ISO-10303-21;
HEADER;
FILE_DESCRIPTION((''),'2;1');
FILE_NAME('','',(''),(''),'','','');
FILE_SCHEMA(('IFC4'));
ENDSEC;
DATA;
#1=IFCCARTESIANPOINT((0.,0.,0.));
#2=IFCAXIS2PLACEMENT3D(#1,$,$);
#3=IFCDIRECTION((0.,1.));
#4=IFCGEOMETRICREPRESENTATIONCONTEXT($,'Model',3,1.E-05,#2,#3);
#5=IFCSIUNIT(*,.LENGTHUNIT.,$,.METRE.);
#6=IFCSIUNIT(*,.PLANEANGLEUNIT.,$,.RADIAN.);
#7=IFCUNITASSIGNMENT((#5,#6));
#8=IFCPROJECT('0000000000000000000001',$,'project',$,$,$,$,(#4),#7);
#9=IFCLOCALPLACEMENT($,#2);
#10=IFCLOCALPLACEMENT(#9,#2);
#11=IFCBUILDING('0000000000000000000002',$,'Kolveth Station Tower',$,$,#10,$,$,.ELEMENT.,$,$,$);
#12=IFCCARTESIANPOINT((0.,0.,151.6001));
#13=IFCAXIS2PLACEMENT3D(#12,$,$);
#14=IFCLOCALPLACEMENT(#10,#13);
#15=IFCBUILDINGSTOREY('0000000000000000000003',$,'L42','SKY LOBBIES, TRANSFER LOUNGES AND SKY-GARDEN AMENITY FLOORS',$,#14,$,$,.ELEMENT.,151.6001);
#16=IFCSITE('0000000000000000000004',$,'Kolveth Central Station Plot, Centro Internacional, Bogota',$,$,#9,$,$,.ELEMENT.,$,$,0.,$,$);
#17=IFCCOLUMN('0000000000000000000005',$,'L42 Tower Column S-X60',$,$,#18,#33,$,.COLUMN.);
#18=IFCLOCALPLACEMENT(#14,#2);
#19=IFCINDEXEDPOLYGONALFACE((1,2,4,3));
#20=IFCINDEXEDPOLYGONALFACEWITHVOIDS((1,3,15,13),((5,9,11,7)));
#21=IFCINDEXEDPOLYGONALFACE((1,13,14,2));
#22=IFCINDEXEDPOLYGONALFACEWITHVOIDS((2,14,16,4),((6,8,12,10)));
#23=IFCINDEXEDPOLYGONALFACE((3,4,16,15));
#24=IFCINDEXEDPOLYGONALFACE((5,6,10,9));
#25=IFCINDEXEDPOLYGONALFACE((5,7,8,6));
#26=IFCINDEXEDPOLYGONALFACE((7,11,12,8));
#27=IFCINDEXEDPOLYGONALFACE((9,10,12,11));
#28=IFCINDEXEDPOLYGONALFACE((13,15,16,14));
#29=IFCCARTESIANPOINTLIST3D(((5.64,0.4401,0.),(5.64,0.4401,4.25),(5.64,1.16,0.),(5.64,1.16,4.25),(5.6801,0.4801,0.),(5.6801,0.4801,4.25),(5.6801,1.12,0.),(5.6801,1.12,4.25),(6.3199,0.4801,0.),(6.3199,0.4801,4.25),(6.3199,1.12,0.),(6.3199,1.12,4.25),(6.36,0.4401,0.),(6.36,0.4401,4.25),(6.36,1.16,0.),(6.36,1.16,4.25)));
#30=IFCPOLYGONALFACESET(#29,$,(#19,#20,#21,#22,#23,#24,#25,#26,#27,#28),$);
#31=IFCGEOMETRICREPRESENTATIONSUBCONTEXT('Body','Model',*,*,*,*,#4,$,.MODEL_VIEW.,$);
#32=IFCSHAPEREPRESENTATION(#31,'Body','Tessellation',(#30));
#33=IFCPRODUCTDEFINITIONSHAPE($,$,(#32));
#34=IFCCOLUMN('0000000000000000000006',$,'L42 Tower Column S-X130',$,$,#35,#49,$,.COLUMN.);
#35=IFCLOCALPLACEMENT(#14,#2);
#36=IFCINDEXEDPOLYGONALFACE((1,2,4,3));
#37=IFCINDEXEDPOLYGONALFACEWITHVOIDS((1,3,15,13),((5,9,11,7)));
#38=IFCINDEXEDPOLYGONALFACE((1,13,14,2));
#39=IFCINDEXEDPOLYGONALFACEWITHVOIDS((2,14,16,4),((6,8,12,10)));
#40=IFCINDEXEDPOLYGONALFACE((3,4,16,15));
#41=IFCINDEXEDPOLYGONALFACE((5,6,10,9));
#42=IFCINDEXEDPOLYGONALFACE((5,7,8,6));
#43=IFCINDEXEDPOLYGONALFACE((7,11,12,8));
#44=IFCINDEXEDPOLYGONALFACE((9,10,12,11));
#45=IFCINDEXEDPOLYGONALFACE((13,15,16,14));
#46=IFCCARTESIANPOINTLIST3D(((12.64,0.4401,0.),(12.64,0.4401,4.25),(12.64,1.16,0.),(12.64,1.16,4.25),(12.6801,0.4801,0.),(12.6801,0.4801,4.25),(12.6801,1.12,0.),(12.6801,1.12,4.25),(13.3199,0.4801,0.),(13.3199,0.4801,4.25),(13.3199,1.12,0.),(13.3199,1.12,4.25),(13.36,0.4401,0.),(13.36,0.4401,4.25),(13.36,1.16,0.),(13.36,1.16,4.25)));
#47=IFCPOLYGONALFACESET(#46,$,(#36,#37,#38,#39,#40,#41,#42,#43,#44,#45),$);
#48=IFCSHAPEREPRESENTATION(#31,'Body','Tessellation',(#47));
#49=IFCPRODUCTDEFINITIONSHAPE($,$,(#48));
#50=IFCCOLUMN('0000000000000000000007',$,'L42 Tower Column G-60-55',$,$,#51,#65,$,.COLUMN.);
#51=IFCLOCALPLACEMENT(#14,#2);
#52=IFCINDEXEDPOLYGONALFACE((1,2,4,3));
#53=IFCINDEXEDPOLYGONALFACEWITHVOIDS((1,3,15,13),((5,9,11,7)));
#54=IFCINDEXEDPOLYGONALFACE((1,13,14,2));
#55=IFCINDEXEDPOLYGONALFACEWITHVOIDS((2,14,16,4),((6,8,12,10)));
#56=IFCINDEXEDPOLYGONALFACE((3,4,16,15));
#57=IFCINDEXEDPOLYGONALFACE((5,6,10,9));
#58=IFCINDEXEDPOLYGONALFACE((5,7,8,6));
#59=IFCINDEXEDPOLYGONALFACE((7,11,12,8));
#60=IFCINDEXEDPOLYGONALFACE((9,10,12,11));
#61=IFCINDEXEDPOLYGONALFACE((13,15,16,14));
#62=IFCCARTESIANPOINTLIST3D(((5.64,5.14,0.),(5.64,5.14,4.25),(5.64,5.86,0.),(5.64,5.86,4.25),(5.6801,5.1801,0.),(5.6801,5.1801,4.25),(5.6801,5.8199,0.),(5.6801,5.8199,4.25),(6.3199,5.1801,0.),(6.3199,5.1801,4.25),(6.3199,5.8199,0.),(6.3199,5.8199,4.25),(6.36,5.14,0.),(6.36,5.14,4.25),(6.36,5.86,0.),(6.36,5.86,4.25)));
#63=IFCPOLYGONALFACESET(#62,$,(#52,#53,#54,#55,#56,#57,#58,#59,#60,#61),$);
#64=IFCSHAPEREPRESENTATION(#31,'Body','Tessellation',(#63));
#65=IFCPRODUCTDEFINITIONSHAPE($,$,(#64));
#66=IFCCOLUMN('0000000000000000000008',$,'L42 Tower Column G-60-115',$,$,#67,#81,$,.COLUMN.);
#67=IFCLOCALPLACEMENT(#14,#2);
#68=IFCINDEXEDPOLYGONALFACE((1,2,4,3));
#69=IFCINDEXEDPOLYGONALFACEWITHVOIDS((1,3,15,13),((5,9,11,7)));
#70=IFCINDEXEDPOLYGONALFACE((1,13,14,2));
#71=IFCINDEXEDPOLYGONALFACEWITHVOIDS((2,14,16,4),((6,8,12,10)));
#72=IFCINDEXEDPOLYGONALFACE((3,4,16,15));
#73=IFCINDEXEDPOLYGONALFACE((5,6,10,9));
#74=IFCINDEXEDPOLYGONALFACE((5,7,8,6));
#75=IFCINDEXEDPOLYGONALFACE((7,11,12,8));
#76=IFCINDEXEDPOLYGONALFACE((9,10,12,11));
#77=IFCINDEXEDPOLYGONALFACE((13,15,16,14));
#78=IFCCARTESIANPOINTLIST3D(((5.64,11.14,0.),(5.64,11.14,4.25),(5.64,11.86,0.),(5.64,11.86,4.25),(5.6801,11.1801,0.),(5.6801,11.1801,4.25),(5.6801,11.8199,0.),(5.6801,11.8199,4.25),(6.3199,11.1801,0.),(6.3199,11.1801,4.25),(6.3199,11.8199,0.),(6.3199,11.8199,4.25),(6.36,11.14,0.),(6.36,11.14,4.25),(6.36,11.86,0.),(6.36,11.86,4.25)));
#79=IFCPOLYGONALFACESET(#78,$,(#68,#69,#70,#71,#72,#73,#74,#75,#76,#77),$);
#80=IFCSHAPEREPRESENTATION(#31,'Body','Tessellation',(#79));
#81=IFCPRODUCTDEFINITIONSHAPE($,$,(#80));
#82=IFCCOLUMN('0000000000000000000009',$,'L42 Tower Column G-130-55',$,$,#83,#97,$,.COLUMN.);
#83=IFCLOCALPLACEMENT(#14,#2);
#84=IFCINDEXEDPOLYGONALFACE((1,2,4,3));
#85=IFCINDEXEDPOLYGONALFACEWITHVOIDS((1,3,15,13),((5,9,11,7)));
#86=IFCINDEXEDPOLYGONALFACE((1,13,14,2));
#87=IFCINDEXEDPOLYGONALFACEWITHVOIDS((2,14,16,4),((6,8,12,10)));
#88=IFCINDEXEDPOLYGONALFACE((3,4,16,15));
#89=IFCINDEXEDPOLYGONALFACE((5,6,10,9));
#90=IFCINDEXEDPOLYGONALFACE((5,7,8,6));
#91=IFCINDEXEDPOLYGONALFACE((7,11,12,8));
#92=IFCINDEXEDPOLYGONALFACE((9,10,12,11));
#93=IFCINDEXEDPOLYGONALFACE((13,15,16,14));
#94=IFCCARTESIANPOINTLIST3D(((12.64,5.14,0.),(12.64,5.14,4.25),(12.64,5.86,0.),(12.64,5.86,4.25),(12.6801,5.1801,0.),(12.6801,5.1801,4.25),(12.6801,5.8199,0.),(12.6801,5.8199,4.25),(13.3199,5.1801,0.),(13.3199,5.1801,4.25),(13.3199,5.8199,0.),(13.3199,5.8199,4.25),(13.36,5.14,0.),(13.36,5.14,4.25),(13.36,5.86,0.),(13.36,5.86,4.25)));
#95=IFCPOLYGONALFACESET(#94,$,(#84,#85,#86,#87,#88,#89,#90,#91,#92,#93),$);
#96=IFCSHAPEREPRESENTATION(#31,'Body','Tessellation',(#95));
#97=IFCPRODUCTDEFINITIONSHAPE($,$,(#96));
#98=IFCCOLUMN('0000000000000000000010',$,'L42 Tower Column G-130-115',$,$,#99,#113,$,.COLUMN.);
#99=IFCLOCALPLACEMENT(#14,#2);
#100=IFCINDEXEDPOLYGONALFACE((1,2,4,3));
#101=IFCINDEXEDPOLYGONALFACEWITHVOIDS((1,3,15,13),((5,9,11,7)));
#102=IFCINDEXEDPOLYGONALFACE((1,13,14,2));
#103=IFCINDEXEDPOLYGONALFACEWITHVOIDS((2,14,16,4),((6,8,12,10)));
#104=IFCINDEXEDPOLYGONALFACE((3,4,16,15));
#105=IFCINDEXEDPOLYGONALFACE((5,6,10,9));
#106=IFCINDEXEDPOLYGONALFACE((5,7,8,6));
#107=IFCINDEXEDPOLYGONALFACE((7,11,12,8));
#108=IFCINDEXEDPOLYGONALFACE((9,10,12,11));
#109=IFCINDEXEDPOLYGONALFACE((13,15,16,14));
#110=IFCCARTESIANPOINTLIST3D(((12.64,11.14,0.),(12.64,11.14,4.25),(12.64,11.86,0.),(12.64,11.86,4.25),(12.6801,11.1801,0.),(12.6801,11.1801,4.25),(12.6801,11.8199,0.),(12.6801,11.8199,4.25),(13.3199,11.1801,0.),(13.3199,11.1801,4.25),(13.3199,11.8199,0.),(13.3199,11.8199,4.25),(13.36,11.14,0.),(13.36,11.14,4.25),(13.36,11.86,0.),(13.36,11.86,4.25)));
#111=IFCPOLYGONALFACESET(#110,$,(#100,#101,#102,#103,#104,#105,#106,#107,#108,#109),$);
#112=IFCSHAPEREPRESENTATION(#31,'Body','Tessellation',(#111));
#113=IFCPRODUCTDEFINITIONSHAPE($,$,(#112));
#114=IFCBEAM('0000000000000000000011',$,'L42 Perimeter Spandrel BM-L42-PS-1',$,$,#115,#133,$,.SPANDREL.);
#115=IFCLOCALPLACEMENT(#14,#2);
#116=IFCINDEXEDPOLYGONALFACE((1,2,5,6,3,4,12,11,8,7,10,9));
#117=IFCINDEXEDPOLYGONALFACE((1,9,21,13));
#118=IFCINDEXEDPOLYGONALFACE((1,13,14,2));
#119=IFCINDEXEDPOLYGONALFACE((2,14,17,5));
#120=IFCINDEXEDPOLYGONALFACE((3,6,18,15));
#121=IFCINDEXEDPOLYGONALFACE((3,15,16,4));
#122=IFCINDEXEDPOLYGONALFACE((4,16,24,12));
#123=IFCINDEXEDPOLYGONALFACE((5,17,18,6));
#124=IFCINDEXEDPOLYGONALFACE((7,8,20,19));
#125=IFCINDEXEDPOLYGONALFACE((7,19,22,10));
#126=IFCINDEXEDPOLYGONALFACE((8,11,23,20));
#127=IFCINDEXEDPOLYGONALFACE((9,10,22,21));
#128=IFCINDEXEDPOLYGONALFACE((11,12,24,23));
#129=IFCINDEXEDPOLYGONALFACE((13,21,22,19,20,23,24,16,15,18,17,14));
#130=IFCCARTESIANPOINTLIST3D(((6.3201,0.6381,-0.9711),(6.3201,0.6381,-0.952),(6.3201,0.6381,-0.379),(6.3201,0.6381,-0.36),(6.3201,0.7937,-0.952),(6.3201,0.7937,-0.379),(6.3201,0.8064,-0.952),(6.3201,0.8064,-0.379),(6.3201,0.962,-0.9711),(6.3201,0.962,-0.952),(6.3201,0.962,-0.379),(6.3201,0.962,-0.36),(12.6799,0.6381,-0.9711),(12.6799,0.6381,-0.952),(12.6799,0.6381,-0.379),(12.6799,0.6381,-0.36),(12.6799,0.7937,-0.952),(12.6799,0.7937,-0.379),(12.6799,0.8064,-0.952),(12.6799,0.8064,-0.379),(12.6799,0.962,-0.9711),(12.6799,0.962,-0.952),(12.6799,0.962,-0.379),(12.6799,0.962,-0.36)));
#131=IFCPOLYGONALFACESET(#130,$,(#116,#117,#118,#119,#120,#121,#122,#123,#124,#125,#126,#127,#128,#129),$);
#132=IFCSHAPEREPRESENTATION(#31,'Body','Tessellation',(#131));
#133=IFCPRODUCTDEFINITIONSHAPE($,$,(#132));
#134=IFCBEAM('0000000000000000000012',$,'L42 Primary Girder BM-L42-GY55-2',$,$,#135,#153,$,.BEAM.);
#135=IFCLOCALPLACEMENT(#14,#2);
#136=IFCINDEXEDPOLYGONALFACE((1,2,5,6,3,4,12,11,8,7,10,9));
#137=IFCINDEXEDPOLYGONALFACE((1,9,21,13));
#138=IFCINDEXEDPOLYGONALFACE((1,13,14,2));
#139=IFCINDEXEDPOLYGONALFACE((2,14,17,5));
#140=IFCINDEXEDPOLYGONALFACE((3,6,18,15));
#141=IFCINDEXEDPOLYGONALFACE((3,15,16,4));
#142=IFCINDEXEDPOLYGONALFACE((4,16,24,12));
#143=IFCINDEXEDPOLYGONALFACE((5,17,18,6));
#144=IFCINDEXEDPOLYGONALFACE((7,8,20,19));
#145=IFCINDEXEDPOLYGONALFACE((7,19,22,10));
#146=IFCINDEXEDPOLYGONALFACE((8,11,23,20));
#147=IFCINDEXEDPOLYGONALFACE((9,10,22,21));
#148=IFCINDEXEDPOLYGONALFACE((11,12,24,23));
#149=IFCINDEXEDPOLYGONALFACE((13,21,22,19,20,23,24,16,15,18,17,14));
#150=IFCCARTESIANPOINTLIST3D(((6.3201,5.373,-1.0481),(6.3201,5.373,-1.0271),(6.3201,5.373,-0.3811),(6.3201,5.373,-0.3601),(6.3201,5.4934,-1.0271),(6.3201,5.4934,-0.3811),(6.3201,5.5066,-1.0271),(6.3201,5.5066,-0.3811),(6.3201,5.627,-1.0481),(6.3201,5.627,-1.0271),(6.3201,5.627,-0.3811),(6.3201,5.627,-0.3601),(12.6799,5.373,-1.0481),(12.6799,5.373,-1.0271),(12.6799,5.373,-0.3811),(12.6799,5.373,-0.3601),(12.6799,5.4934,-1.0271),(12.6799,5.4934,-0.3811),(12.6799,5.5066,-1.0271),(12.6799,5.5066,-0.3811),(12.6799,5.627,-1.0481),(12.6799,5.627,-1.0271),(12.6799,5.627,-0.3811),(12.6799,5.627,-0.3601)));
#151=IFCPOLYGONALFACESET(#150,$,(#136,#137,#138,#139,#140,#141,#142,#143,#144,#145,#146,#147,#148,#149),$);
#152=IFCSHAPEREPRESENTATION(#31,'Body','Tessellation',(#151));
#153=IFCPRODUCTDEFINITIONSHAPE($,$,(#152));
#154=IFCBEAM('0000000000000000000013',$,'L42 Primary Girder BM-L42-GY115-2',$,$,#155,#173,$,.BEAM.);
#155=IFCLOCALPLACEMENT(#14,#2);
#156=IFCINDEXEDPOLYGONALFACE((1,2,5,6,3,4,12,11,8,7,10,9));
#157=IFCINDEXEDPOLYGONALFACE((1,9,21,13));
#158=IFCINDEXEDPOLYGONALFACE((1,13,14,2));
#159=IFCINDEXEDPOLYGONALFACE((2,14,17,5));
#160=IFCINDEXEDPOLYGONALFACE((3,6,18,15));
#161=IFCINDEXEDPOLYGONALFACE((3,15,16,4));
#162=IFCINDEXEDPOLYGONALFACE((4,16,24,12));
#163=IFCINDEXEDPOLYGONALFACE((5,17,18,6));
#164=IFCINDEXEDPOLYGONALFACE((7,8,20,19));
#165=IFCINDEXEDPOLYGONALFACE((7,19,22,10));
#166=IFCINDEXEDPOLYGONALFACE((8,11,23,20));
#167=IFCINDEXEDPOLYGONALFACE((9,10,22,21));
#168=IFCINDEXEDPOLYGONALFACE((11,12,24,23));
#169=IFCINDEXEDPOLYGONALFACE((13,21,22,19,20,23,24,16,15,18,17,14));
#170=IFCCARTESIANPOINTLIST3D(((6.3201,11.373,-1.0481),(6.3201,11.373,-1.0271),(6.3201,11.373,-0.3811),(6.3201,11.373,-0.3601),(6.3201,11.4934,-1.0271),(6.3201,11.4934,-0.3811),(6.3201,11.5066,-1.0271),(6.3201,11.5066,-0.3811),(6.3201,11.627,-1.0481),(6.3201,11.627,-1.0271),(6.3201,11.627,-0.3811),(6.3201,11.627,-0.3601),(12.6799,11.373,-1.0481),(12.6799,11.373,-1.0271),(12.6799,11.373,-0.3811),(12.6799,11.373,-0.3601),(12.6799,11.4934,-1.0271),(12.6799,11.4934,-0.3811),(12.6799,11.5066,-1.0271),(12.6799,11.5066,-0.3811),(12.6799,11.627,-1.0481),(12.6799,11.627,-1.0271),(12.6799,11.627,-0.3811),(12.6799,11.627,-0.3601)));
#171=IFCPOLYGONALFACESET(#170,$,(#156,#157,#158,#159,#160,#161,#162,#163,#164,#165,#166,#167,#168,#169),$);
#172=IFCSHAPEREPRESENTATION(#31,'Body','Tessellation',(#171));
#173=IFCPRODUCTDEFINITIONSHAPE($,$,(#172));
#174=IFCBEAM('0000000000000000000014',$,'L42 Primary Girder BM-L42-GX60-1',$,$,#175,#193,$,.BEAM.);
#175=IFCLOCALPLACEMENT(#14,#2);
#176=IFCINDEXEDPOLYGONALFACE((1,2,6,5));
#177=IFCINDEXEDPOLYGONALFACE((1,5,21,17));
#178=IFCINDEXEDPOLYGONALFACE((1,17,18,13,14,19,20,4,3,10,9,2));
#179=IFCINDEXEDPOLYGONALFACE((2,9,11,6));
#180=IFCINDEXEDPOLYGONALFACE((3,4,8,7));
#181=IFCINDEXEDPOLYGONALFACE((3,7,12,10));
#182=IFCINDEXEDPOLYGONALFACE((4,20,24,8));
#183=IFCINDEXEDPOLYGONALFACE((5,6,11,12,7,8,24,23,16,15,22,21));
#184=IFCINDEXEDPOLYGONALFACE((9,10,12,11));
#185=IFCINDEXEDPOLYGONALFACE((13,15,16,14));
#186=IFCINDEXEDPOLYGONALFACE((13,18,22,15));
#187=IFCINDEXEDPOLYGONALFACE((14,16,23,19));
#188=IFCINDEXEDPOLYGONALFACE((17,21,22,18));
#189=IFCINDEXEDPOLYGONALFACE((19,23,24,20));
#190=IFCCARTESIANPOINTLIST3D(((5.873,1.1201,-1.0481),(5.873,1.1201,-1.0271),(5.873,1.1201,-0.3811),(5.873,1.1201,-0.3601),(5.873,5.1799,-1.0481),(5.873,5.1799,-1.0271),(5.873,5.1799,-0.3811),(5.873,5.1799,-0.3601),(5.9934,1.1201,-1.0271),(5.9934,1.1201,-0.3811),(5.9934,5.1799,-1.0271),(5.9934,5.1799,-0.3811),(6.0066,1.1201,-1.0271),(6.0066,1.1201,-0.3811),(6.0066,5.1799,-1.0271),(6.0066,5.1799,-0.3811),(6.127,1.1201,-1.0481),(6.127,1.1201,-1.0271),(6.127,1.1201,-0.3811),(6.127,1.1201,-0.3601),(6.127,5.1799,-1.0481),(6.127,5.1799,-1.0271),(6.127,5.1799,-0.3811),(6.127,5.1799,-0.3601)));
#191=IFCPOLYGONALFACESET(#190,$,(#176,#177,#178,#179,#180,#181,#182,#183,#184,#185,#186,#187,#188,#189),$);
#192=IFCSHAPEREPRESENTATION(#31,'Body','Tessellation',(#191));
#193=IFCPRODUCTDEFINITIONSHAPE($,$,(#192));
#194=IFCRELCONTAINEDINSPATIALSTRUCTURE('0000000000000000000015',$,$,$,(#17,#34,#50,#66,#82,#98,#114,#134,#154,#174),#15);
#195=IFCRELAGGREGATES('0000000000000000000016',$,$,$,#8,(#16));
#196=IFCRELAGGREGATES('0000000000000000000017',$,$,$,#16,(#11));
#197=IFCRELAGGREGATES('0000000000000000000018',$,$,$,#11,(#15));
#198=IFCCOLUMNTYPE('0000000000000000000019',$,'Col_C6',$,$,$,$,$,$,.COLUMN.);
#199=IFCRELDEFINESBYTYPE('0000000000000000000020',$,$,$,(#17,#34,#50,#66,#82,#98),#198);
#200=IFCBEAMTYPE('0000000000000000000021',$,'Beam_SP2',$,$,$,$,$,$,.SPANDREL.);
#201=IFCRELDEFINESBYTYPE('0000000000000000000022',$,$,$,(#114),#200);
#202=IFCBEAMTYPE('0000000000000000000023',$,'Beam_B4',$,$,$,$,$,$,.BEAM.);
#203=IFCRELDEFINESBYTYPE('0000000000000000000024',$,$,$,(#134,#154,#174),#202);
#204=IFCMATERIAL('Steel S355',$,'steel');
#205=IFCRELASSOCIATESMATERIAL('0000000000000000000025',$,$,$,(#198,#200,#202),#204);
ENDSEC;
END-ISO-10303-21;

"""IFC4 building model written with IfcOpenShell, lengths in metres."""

from ifc_helpers import new_model, si_unit, direction, frame, origin, origin_2d, place, context, subcontext, project, spatial, hollow_rectangle, i_section, extrude, source, transform, mapped, material, material_profile, profile_set, type_object, element, save


model = new_model("IFC4")

# Units and contexts
model_context = context("Model", 3, precision=1e-05, world=origin(), true_north=direction((0.0, 1.0)))
body_context = subcontext(model_context, "Body", "Model", "MODEL_VIEW")
ifc_project = project(units=[si_unit("LENGTHUNIT", "METRE"), si_unit("PLANEANGLEUNIT", "RADIAN")], contexts=[model_context])

# Site, building, storey
site_placement = place(None, origin())
site = spatial("IfcSite", under=ifc_project, at=site_placement, Name="Kolveth Central Station Plot, Centro Internacional, Bogota", CompositionType="ELEMENT", RefElevation=0.0)
building_placement = place(site_placement, origin())
building = spatial("IfcBuilding", under=site, at=building_placement, Name="Kolveth Station Tower", CompositionType="ELEMENT")
storey_placement = place(building_placement, frame((0.0, 0.0, 151.6001)))
storey = spatial("IfcBuildingStorey", under=building, at=storey_placement, Name="L42", Description="SKY LOBBIES, TRANSFER LOUNGES AND SKY-GARDEN AMENITY FLOORS", CompositionType="ELEMENT", Elevation=151.6001)

# Columns
ifc_material_1 = material(Name="Steel S355", Category="steel")
ifc_material_profile_1 = material_profile(ifc_material_1, hollow_rectangle(XDim=0.72, YDim=0.72, WallThickness=0.04, at=origin_2d()), Name="BOX720x720x40")
ifc_profile_set_1 = profile_set([ifc_material_profile_1], Name="Steel S355")
column_type = type_object("IfcColumnType", Name="Col_C6", PredefinedType="COLUMN", material=ifc_profile_set_1)
shared_shape_1 = source(origin(), body_context, "Body", "SweptSolid", [
    extrude(hollow_rectangle(XDim=0.72, YDim=0.72, WallThickness=0.04, at=origin_2d()), origin(), (0.0, 0.0, 1.0), 4.25),
])
for number, where, z_axis, x_axis, name in (
    (1, (6.0, 0.8, 0.0), (0.0, 0.0, 1.0), (1.0, 0.0, 0.0), "L42 Tower Column S-X60"),
    (2, (13.0, 0.8, 0.0), (0.0, 0.0, 1.0), (1.0, 0.0, 0.0), "L42 Tower Column S-X130"),
    (3, (6.0, 5.5, 0.0), (0.0, 0.0, 1.0), (1.0, 0.0, 0.0), "L42 Tower Column G-60-55"),
    (4, (6.0, 11.5, 0.0), (0.0, 0.0, 1.0), (1.0, 0.0, 0.0), "L42 Tower Column G-60-115"),
    (5, (13.0, 5.5, 0.0), (0.0, 0.0, 1.0), (1.0, 0.0, 0.0), "L42 Tower Column G-130-55"),
    (6, (13.0, 11.5, 0.0), (0.0, 0.0, 1.0), (1.0, 0.0, 0.0), "L42 Tower Column G-130-115"),
):
    element("IfcColumn", number, at=place(storey_placement, frame(where, z_axis=z_axis, x_axis=x_axis)), inside=storey, type_object=column_type, Name=name, PredefinedType="COLUMN", context=body_context, shape_type="MappedRepresentation", body=[
        mapped(shared_shape_1, transform((0.0, 0.0, 0.0), x_axis=(1.0, 0.0, 0.0), y_axis=(0.0, 1.0, 0.0), z_axis=(0.0, 0.0, 1.0), scale=1.0)),
    ])

# Beams
ifc_material_profile_2 = material_profile(ifc_material_1, i_section(OverallWidth=0.324, OverallDepth=0.6111, WebThickness=0.0127, FlangeThickness=0.019, at=origin_2d()), Name="W610x155")
ifc_profile_set_2 = profile_set([ifc_material_profile_2], Name="Steel S355")
beam_type_1 = type_object("IfcBeamType", Name="Beam_SP2", PredefinedType="SPANDREL", material=ifc_profile_set_2)
shared_shape_2 = source(origin(), body_context, "Body", "SweptSolid", [
    extrude(i_section(OverallWidth=0.324, OverallDepth=0.6111, WebThickness=0.0127, FlangeThickness=0.019, at=origin_2d()), origin(), (0.0, 0.0, 1.0), 6.3599),
])
beam_1_placement = place(storey_placement, frame((6.3201, 0.8, -0.6655), z_axis=(1.0, 0.0, 0.0), x_axis=(0.0, 1.0, 0.0)))
element("IfcBeam", 7, at=beam_1_placement, inside=storey, type_object=beam_type_1, Name="L42 Perimeter Spandrel BM-L42-PS-1", PredefinedType="SPANDREL", context=body_context, shape_type="MappedRepresentation", body=[
    mapped(shared_shape_2, transform((0.0, 0.0, 0.0), x_axis=(1.0, 0.0, 0.0), y_axis=(0.0, 1.0, 0.0), z_axis=(0.0, 0.0, 1.0), scale=1.0)),
])
ifc_material_profile_3 = material_profile(ifc_material_1, i_section(OverallWidth=0.2539, OverallDepth=0.688, WebThickness=0.0132, FlangeThickness=0.021, at=origin_2d()), Name="W690x152")
ifc_profile_set_3 = profile_set([ifc_material_profile_3], Name="Steel S355")
beam_type_2 = type_object("IfcBeamType", Name="Beam_B4", PredefinedType="BEAM", material=ifc_profile_set_3)
shared_shape_3 = source(origin(), body_context, "Body", "SweptSolid", [
    extrude(i_section(OverallWidth=0.2539, OverallDepth=0.688, WebThickness=0.0132, FlangeThickness=0.021, at=origin_2d()), origin(), (0.0, 0.0, 1.0), 6.3599),
])
for number, where, z_axis, x_axis, name in (
    (8, (6.3201, 5.5, -0.7041), (1.0, 0.0, 0.0), (0.0, 1.0, 0.0), "L42 Primary Girder BM-L42-GY55-2"),
    (9, (6.3201, 11.5, -0.7041), (1.0, 0.0, 0.0), (0.0, 1.0, 0.0), "L42 Primary Girder BM-L42-GY115-2"),
):
    element("IfcBeam", number, at=place(storey_placement, frame(where, z_axis=z_axis, x_axis=x_axis)), inside=storey, type_object=beam_type_2, Name=name, PredefinedType="BEAM", context=body_context, shape_type="MappedRepresentation", body=[
        mapped(shared_shape_3, transform((0.0, 0.0, 0.0), x_axis=(1.0, 0.0, 0.0), y_axis=(0.0, 1.0, 0.0), z_axis=(0.0, 0.0, 1.0), scale=1.0)),
    ])
shared_shape_4 = source(origin(), body_context, "Body", "SweptSolid", [
    extrude(i_section(OverallWidth=0.2539, OverallDepth=0.688, WebThickness=0.0132, FlangeThickness=0.021, at=origin_2d()), origin(), (0.0, 0.0, 1.0), 4.0598),
])
for number, where, z_axis, x_axis, name in (
    (10, (6.0, 1.1201, -0.7041), (0.0, 1.0, 0.0), (-1.0, 0.0, 0.0), "L42 Primary Girder BM-L42-GX60-1"),
):
    element("IfcBeam", number, at=place(storey_placement, frame(where, z_axis=z_axis, x_axis=x_axis)), inside=storey, type_object=beam_type_2, Name=name, PredefinedType="BEAM", context=body_context, shape_type="MappedRepresentation", body=[
        mapped(shared_shape_4, transform((0.0, 0.0, 0.0), x_axis=(1.0, 0.0, 0.0), y_axis=(0.0, 1.0, 0.0), z_axis=(0.0, 0.0, 1.0), scale=1.0)),
    ])

save(model, "model.ifc")
